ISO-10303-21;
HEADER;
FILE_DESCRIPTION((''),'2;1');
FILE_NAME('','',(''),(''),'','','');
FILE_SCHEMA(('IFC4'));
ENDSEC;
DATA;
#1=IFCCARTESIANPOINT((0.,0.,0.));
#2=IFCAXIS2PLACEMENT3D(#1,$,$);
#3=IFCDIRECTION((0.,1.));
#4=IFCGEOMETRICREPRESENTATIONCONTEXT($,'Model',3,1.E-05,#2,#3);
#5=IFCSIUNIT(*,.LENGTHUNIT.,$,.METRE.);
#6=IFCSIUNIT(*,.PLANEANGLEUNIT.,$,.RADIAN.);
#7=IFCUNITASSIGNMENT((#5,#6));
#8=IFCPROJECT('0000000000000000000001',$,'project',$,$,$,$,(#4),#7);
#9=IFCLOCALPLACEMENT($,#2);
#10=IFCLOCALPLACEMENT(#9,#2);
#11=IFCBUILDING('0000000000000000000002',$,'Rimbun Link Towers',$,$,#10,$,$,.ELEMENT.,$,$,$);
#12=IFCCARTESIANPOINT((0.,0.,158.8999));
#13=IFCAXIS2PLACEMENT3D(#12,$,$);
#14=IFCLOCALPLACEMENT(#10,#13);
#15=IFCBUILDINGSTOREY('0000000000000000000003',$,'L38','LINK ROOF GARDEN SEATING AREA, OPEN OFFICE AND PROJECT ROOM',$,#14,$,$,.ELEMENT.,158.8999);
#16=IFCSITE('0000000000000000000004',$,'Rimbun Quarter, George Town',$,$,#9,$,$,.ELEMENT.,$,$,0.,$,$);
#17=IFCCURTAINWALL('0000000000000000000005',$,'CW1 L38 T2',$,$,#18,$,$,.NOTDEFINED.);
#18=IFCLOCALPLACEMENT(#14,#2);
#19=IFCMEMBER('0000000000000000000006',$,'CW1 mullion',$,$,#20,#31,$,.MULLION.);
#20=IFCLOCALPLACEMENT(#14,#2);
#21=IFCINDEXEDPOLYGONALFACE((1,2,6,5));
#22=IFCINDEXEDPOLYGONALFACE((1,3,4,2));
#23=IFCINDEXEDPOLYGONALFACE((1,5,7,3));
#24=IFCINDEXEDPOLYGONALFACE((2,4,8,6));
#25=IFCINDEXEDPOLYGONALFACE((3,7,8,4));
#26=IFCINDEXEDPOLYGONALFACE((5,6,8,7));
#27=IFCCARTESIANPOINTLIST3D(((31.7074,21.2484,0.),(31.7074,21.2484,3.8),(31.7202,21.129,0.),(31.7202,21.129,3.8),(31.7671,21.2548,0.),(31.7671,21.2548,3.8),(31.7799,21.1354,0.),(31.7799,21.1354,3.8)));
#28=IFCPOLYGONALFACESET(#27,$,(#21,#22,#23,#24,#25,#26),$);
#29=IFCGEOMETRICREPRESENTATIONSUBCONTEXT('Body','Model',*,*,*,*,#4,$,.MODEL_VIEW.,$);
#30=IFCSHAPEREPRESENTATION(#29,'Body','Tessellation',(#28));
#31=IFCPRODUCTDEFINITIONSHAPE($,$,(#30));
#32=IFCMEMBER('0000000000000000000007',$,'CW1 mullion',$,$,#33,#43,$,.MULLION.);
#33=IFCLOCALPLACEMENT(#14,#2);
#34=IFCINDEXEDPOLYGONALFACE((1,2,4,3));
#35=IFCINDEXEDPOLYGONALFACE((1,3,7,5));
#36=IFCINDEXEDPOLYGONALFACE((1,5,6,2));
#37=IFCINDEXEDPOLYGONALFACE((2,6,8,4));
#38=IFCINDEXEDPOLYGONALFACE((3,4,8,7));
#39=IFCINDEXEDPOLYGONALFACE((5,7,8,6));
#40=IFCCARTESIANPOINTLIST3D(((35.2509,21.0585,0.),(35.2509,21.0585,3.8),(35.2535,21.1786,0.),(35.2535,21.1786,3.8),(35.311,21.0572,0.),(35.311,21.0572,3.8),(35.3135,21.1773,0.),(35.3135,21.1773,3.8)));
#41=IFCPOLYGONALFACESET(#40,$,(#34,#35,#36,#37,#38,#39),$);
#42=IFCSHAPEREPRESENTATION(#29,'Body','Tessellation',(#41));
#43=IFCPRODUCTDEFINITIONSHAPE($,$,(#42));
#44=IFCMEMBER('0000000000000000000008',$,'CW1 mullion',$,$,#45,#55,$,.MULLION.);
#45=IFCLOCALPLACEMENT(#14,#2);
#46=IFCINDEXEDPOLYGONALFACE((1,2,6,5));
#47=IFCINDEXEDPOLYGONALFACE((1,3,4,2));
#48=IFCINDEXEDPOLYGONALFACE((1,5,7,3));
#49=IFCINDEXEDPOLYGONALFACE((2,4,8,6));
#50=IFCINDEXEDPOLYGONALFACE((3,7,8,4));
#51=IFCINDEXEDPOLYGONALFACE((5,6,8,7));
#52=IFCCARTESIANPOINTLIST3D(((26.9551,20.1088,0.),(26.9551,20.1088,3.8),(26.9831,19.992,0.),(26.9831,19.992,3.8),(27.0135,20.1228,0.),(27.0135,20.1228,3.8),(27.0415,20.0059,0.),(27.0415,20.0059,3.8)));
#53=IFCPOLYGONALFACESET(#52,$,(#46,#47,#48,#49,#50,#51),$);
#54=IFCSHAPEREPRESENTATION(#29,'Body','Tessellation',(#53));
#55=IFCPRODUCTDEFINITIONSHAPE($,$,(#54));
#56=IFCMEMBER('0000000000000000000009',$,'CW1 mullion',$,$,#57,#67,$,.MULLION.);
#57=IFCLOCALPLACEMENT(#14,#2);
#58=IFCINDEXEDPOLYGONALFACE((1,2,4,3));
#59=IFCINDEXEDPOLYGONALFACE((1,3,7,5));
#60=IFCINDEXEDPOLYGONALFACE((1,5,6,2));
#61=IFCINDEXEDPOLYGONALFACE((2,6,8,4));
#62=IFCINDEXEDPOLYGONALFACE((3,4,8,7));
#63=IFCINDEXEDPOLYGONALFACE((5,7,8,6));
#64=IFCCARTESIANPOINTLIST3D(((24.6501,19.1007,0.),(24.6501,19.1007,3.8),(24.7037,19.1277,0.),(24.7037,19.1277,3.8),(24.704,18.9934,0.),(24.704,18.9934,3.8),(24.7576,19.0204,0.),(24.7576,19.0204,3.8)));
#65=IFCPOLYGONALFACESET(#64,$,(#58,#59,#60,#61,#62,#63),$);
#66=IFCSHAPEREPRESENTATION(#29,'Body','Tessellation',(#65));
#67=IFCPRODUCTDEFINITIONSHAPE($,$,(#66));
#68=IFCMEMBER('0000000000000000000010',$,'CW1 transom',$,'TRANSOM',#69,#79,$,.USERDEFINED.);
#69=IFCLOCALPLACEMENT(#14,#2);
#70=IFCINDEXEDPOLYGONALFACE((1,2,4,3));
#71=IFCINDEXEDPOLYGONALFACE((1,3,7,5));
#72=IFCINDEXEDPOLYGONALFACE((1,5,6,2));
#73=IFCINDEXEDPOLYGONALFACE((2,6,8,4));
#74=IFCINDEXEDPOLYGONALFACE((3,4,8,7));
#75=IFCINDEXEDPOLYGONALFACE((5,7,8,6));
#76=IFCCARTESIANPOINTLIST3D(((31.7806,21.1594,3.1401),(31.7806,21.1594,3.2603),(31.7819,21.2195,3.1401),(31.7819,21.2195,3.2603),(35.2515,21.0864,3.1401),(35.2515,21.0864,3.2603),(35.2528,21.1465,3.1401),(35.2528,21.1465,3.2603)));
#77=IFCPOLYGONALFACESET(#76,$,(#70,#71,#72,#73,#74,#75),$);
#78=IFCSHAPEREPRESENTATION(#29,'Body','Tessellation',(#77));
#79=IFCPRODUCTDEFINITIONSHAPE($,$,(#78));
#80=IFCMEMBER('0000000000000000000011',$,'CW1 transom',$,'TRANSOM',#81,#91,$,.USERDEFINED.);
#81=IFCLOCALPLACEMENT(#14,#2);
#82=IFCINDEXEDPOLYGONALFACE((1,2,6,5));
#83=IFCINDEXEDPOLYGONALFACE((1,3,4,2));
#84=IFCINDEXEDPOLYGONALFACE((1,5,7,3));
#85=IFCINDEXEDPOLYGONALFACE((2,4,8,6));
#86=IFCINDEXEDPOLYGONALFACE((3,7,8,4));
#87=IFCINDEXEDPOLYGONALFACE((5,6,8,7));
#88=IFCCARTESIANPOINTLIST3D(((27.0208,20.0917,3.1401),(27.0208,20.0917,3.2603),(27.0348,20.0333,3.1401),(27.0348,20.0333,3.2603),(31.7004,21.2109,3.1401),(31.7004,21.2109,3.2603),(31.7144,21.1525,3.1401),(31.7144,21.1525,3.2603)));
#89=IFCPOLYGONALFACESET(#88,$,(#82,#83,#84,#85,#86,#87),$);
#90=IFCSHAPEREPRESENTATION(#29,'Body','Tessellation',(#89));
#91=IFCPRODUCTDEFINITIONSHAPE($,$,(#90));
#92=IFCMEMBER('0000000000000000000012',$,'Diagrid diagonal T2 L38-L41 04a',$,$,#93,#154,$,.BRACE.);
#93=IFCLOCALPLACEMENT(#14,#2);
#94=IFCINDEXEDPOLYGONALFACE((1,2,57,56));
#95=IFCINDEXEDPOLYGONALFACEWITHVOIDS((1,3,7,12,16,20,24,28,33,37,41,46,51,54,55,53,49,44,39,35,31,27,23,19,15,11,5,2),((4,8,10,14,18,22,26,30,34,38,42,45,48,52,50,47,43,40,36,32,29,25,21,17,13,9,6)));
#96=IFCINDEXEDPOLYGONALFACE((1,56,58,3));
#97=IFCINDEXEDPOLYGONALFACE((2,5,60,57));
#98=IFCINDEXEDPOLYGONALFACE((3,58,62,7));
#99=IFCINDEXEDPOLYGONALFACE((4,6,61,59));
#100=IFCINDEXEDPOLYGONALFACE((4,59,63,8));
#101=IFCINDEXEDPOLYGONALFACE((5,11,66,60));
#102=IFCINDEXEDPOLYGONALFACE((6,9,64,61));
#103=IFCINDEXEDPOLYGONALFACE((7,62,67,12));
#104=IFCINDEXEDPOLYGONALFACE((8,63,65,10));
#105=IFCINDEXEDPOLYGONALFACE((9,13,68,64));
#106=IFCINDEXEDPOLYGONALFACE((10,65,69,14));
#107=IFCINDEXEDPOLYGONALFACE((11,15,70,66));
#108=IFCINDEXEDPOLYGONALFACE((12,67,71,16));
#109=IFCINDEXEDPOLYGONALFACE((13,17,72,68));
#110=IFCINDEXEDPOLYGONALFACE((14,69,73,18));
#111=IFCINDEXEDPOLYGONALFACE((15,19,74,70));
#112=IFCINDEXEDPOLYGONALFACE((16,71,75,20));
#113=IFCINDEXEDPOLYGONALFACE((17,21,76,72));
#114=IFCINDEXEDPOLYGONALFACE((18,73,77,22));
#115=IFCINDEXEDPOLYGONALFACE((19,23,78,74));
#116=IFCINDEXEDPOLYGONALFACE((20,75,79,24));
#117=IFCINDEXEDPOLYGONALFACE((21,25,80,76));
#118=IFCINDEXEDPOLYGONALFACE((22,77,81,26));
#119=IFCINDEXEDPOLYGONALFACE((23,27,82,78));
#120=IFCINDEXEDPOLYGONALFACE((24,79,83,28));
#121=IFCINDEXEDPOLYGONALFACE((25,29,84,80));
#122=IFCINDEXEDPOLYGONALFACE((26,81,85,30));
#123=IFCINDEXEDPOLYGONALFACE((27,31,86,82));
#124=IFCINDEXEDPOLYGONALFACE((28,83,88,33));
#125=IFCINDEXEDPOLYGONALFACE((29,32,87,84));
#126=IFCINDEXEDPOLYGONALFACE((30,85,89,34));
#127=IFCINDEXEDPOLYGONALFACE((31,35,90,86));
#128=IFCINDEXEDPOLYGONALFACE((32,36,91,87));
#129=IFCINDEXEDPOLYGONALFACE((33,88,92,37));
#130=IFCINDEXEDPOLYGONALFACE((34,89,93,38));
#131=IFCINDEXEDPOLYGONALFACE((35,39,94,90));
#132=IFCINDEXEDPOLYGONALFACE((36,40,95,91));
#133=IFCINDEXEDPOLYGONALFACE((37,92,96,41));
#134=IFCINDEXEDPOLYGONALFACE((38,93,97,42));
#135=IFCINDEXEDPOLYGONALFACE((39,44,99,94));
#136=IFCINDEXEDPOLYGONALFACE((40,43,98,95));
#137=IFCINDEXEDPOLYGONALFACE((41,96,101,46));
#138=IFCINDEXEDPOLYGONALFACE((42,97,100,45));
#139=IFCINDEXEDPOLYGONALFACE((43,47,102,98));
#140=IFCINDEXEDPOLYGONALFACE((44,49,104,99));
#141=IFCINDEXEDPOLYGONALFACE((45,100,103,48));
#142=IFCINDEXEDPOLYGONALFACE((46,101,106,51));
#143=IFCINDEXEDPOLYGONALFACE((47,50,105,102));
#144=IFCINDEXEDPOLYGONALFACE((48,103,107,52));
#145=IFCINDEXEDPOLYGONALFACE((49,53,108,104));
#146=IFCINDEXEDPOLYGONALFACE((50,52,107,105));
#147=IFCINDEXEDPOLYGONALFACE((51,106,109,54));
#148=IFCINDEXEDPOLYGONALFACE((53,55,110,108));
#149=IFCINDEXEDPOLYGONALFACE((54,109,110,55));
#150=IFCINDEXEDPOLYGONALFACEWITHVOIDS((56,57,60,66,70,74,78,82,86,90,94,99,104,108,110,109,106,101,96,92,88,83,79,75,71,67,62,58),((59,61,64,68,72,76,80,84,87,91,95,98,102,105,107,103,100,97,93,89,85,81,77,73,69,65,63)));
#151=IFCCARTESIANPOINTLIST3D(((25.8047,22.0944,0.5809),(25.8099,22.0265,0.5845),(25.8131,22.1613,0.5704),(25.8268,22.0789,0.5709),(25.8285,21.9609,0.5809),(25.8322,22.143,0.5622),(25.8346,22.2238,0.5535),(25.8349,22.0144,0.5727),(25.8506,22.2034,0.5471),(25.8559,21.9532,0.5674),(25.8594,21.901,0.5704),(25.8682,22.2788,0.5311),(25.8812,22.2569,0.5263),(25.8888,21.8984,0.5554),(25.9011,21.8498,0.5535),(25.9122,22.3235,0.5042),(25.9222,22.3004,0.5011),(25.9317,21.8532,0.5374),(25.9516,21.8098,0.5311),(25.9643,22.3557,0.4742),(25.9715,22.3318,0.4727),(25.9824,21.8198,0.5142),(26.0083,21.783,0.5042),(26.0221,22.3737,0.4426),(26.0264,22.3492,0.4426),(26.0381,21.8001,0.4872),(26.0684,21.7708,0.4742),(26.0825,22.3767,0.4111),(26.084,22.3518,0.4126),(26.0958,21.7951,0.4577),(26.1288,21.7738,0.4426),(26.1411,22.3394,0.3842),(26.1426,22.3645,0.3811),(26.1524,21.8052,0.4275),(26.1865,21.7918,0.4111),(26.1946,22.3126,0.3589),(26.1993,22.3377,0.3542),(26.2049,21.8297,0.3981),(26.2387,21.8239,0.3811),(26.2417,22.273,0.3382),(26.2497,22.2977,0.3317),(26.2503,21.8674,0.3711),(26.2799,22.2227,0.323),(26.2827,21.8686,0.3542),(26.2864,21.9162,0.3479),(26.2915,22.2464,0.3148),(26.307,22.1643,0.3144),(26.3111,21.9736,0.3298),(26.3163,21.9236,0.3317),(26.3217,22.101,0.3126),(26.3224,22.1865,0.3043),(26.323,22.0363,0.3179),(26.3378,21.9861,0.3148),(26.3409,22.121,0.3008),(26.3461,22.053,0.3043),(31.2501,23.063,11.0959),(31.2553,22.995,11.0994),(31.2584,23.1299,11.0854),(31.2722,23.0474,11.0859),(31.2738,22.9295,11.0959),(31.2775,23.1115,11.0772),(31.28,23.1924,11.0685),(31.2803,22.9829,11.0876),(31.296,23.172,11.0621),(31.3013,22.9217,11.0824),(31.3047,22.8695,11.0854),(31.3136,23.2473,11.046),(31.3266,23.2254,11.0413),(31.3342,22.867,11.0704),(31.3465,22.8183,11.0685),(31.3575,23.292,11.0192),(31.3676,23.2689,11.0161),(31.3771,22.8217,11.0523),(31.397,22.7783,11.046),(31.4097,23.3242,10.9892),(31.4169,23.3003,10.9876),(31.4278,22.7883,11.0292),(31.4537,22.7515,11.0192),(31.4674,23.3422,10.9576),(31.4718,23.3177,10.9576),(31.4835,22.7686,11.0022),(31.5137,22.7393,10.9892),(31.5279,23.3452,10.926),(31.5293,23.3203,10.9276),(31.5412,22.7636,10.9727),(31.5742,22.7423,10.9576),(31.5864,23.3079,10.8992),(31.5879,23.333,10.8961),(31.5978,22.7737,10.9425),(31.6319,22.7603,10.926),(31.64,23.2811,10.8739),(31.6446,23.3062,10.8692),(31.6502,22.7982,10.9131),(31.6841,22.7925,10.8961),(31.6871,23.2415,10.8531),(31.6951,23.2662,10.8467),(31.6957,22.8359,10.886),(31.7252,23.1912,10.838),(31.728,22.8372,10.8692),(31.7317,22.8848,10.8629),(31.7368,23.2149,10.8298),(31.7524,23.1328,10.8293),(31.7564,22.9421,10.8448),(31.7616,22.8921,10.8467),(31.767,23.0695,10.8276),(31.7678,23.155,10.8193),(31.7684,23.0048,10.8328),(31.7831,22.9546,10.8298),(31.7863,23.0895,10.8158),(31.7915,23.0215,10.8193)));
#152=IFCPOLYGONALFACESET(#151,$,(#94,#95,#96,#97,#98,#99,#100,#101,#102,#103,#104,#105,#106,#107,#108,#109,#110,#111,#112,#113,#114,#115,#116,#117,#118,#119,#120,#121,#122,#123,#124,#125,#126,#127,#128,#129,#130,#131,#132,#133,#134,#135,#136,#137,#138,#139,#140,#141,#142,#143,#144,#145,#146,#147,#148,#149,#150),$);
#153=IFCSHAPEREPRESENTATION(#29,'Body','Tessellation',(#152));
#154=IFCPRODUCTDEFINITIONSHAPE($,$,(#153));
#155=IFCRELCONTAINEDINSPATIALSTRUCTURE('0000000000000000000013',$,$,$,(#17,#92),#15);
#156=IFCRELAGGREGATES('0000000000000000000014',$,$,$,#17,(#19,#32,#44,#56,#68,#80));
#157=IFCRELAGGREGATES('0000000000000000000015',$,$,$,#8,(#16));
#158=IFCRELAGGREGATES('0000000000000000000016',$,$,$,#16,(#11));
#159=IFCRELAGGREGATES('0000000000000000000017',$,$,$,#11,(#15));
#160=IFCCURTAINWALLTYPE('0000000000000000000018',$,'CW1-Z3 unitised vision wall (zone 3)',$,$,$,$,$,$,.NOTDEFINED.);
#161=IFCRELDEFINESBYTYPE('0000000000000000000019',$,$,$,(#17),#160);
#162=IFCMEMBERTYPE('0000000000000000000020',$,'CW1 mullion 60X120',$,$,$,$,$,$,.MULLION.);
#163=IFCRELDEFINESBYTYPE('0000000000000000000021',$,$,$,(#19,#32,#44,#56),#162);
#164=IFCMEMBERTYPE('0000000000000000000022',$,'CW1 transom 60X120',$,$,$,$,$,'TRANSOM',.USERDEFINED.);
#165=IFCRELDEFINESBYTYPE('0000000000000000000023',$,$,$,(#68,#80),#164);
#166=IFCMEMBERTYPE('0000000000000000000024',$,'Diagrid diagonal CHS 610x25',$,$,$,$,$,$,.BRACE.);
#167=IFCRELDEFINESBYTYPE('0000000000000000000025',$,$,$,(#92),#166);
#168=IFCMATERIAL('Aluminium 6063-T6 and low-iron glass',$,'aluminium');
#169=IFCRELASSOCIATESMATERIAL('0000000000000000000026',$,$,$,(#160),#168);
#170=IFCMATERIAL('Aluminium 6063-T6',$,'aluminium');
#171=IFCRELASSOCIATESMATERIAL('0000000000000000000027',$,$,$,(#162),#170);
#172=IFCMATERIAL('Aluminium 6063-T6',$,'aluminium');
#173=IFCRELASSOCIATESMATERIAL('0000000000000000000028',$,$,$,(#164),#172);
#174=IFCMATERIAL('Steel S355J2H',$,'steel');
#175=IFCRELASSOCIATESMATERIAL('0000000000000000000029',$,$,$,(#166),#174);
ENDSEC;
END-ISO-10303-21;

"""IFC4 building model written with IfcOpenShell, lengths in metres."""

from ifc_helpers import new_model, si_unit, direction, frame, origin, origin_2d, place, context, subcontext, project, spatial, rectangle, hollow_circle, extrude, material, material_profile, profile_set, type_object, element, aggregate, save


model = new_model("IFC4")

# Units and contexts
model_context = context("Model", 3, precision=1e-05, world=origin(), true_north=direction((0.0, 1.0)))
body_context = subcontext(model_context, "Body", "Model", "MODEL_VIEW")
ifc_project = project(units=[si_unit("LENGTHUNIT", "METRE"), si_unit("PLANEANGLEUNIT", "RADIAN")], contexts=[model_context])

# Site, building, storey
site_placement = place(None, origin())
site = spatial("IfcSite", under=ifc_project, at=site_placement, Name="Rimbun Quarter, George Town", CompositionType="ELEMENT", RefElevation=0.0)
building_placement = place(site_placement, origin())
building = spatial("IfcBuilding", under=site, at=building_placement, Name="Rimbun Link Towers", CompositionType="ELEMENT")
storey_placement = place(building_placement, frame((0.0, 0.0, 158.8999)))
storey = spatial("IfcBuildingStorey", under=building, at=storey_placement, Name="L38", Description="LINK ROOF GARDEN SEATING AREA, OPEN OFFICE AND PROJECT ROOM", CompositionType="ELEMENT", Elevation=158.8999)

# Curtain wall, members
ifc_material_1 = material(Name="Aluminium 6063-T6 and low-iron glass", Category="aluminium")
curtain_wall_type = type_object("IfcCurtainWallType", Name="CW1-Z3 unitised vision wall (zone 3)", PredefinedType="NOTDEFINED", material=ifc_material_1)
curtain_wall_placement = place(storey_placement, origin())
curtain_wall = element("IfcCurtainWall", 1, at=curtain_wall_placement, inside=storey, type_object=curtain_wall_type, Name="CW1 L38 T2", PredefinedType="NOTDEFINED")
ifc_material_2 = material(Name="Aluminium 6063-T6", Category="aluminium")
ifc_material_profile_1 = material_profile(ifc_material_2, rectangle(XDim=0.1201, YDim=0.0601, at=origin_2d()), Name="MULLION 60X120")
ifc_profile_set_1 = profile_set([ifc_material_profile_1], Name="Aluminium 6063-T6")
member_type_1 = type_object("IfcMemberType", Name="CW1 mullion 60X120", PredefinedType="MULLION", material=ifc_profile_set_1)
member_1_placement = place(storey_placement, frame((31.7437, 21.1919, 0.0), z_axis=(0.0, 0.0, 1.0), x_axis=(-0.106647, 0.994297, 0.0)))
member_1 = element("IfcMember", 2, at=member_1_placement, type_object=member_type_1, Name="CW1 mullion", PredefinedType="MULLION", context=body_context, shape_type="SweptSolid", body=[
    extrude(rectangle(XDim=0.1201, YDim=0.0601, at=origin_2d()), origin(), (0.0, 0.0, 1.0), 3.8),
])
member_2_placement = place(storey_placement, frame((35.2822, 21.1179, 0.0), z_axis=(0.0, 0.0, 1.0), x_axis=(0.021059, 0.999778, 0.0)))
member_2 = element("IfcMember", 3, at=member_2_placement, type_object=member_type_1, Name="CW1 mullion", PredefinedType="MULLION", context=body_context, shape_type="SweptSolid", body=[
    extrude(rectangle(XDim=0.1201, YDim=0.0601, at=origin_2d()), origin(), (0.0, 0.0, 1.0), 3.8),
])
member_3_placement = place(storey_placement, frame((26.9983, 20.0574, 0.0), z_axis=(0.0, 0.0, 1.0), x_axis=(-0.23261, 0.97257, 0.0)))
member_3 = element("IfcMember", 4, at=member_3_placement, type_object=member_type_1, Name="CW1 mullion", PredefinedType="MULLION", context=body_context, shape_type="SweptSolid", body=[
    extrude(rectangle(XDim=0.1201, YDim=0.0601, at=origin_2d()), origin(), (0.0, 0.0, 1.0), 3.8),
])
member_4_placement = place(storey_placement, frame((24.7039, 19.0605, 0.0), z_axis=(0.0, 0.0, 1.0), x_axis=(-0.448766, 0.893649, 0.0)))
member_4 = element("IfcMember", 5, at=member_4_placement, type_object=member_type_1, Name="CW1 mullion", PredefinedType="MULLION", context=body_context, shape_type="SweptSolid", body=[
    extrude(rectangle(XDim=0.1201, YDim=0.0601, at=origin_2d()), origin(), (0.0, 0.0, 1.0), 3.8),
])
ifc_material_3 = material(Name="Aluminium 6063-T6", Category="aluminium")
ifc_material_profile_2 = material_profile(ifc_material_3, rectangle(XDim=0.0601, YDim=0.1201, at=origin_2d()), Name="TRANSOM 60X120")
ifc_profile_set_2 = profile_set([ifc_material_profile_2], Name="Aluminium 6063-T6")
member_type_2 = type_object("IfcMemberType", Name="CW1 transom 60X120", ElementType="TRANSOM", PredefinedType="USERDEFINED", material=ifc_profile_set_2)
member_5_placement = place(storey_placement, frame((31.7812, 21.1895, 3.2002), z_axis=(0.999779, -0.021027, 0.0), x_axis=(0.021027, 0.999779, 0.0)))
member_5 = element("IfcMember", 6, at=member_5_placement, type_object=member_type_2, Name="CW1 transom", ObjectType="TRANSOM", PredefinedType="USERDEFINED", context=body_context, shape_type="SweptSolid", body=[
    extrude(rectangle(XDim=0.0601, YDim=0.1201, at=origin_2d()), origin(), (0.0, 0.0, 1.0), 3.4717),
])
member_6_placement = place(storey_placement, frame((27.0278, 20.0625, 3.2002), z_axis=(0.972572, 0.232601, 0.0), x_axis=(-0.232601, 0.972572, 0.0)))
member_6 = element("IfcMember", 7, at=member_6_placement, type_object=member_type_2, Name="CW1 transom", ObjectType="TRANSOM", PredefinedType="USERDEFINED", context=body_context, shape_type="SweptSolid", body=[
    extrude(rectangle(XDim=0.0601, YDim=0.1201, at=origin_2d()), origin(), (0.0, 0.0, 1.0), 4.8115),
])

# Member
ifc_material_4 = material(Name="Steel S355J2H", Category="steel")
ifc_material_profile_3 = material_profile(ifc_material_4, hollow_circle(Radius=0.3047, WallThickness=0.0249, at=origin_2d()), Name="Diagrid diagonal CHS 610x25")
ifc_profile_set_3 = profile_set([ifc_material_profile_3], Name="Steel S355J2H")
member_type_3 = type_object("IfcMemberType", Name="Diagrid diagonal CHS 610x25", PredefinedType="BRACE", material=ifc_profile_set_3)
member_7_placement = place(storey_placement, frame((26.0754, 22.0737, 0.4426), z_axis=(0.45833, 0.081519, 0.885036), x_axis=(-0.175112, 0.984548, 0.0)))
element("IfcMember", 8, at=member_7_placement, inside=storey, type_object=member_type_3, Name="Diagrid diagonal T2 L38-L41 04a", PredefinedType="BRACE", context=body_context, shape_type="SweptSolid", body=[
    extrude(hollow_circle(Radius=0.3047, WallThickness=0.0249, at=origin_2d()), origin(), (0.0, 0.0, 1.0), 11.8809),
])

aggregate(curtain_wall, [member_1, member_2, member_3, member_4, member_5, member_6])

save(model, "model.ifc")
